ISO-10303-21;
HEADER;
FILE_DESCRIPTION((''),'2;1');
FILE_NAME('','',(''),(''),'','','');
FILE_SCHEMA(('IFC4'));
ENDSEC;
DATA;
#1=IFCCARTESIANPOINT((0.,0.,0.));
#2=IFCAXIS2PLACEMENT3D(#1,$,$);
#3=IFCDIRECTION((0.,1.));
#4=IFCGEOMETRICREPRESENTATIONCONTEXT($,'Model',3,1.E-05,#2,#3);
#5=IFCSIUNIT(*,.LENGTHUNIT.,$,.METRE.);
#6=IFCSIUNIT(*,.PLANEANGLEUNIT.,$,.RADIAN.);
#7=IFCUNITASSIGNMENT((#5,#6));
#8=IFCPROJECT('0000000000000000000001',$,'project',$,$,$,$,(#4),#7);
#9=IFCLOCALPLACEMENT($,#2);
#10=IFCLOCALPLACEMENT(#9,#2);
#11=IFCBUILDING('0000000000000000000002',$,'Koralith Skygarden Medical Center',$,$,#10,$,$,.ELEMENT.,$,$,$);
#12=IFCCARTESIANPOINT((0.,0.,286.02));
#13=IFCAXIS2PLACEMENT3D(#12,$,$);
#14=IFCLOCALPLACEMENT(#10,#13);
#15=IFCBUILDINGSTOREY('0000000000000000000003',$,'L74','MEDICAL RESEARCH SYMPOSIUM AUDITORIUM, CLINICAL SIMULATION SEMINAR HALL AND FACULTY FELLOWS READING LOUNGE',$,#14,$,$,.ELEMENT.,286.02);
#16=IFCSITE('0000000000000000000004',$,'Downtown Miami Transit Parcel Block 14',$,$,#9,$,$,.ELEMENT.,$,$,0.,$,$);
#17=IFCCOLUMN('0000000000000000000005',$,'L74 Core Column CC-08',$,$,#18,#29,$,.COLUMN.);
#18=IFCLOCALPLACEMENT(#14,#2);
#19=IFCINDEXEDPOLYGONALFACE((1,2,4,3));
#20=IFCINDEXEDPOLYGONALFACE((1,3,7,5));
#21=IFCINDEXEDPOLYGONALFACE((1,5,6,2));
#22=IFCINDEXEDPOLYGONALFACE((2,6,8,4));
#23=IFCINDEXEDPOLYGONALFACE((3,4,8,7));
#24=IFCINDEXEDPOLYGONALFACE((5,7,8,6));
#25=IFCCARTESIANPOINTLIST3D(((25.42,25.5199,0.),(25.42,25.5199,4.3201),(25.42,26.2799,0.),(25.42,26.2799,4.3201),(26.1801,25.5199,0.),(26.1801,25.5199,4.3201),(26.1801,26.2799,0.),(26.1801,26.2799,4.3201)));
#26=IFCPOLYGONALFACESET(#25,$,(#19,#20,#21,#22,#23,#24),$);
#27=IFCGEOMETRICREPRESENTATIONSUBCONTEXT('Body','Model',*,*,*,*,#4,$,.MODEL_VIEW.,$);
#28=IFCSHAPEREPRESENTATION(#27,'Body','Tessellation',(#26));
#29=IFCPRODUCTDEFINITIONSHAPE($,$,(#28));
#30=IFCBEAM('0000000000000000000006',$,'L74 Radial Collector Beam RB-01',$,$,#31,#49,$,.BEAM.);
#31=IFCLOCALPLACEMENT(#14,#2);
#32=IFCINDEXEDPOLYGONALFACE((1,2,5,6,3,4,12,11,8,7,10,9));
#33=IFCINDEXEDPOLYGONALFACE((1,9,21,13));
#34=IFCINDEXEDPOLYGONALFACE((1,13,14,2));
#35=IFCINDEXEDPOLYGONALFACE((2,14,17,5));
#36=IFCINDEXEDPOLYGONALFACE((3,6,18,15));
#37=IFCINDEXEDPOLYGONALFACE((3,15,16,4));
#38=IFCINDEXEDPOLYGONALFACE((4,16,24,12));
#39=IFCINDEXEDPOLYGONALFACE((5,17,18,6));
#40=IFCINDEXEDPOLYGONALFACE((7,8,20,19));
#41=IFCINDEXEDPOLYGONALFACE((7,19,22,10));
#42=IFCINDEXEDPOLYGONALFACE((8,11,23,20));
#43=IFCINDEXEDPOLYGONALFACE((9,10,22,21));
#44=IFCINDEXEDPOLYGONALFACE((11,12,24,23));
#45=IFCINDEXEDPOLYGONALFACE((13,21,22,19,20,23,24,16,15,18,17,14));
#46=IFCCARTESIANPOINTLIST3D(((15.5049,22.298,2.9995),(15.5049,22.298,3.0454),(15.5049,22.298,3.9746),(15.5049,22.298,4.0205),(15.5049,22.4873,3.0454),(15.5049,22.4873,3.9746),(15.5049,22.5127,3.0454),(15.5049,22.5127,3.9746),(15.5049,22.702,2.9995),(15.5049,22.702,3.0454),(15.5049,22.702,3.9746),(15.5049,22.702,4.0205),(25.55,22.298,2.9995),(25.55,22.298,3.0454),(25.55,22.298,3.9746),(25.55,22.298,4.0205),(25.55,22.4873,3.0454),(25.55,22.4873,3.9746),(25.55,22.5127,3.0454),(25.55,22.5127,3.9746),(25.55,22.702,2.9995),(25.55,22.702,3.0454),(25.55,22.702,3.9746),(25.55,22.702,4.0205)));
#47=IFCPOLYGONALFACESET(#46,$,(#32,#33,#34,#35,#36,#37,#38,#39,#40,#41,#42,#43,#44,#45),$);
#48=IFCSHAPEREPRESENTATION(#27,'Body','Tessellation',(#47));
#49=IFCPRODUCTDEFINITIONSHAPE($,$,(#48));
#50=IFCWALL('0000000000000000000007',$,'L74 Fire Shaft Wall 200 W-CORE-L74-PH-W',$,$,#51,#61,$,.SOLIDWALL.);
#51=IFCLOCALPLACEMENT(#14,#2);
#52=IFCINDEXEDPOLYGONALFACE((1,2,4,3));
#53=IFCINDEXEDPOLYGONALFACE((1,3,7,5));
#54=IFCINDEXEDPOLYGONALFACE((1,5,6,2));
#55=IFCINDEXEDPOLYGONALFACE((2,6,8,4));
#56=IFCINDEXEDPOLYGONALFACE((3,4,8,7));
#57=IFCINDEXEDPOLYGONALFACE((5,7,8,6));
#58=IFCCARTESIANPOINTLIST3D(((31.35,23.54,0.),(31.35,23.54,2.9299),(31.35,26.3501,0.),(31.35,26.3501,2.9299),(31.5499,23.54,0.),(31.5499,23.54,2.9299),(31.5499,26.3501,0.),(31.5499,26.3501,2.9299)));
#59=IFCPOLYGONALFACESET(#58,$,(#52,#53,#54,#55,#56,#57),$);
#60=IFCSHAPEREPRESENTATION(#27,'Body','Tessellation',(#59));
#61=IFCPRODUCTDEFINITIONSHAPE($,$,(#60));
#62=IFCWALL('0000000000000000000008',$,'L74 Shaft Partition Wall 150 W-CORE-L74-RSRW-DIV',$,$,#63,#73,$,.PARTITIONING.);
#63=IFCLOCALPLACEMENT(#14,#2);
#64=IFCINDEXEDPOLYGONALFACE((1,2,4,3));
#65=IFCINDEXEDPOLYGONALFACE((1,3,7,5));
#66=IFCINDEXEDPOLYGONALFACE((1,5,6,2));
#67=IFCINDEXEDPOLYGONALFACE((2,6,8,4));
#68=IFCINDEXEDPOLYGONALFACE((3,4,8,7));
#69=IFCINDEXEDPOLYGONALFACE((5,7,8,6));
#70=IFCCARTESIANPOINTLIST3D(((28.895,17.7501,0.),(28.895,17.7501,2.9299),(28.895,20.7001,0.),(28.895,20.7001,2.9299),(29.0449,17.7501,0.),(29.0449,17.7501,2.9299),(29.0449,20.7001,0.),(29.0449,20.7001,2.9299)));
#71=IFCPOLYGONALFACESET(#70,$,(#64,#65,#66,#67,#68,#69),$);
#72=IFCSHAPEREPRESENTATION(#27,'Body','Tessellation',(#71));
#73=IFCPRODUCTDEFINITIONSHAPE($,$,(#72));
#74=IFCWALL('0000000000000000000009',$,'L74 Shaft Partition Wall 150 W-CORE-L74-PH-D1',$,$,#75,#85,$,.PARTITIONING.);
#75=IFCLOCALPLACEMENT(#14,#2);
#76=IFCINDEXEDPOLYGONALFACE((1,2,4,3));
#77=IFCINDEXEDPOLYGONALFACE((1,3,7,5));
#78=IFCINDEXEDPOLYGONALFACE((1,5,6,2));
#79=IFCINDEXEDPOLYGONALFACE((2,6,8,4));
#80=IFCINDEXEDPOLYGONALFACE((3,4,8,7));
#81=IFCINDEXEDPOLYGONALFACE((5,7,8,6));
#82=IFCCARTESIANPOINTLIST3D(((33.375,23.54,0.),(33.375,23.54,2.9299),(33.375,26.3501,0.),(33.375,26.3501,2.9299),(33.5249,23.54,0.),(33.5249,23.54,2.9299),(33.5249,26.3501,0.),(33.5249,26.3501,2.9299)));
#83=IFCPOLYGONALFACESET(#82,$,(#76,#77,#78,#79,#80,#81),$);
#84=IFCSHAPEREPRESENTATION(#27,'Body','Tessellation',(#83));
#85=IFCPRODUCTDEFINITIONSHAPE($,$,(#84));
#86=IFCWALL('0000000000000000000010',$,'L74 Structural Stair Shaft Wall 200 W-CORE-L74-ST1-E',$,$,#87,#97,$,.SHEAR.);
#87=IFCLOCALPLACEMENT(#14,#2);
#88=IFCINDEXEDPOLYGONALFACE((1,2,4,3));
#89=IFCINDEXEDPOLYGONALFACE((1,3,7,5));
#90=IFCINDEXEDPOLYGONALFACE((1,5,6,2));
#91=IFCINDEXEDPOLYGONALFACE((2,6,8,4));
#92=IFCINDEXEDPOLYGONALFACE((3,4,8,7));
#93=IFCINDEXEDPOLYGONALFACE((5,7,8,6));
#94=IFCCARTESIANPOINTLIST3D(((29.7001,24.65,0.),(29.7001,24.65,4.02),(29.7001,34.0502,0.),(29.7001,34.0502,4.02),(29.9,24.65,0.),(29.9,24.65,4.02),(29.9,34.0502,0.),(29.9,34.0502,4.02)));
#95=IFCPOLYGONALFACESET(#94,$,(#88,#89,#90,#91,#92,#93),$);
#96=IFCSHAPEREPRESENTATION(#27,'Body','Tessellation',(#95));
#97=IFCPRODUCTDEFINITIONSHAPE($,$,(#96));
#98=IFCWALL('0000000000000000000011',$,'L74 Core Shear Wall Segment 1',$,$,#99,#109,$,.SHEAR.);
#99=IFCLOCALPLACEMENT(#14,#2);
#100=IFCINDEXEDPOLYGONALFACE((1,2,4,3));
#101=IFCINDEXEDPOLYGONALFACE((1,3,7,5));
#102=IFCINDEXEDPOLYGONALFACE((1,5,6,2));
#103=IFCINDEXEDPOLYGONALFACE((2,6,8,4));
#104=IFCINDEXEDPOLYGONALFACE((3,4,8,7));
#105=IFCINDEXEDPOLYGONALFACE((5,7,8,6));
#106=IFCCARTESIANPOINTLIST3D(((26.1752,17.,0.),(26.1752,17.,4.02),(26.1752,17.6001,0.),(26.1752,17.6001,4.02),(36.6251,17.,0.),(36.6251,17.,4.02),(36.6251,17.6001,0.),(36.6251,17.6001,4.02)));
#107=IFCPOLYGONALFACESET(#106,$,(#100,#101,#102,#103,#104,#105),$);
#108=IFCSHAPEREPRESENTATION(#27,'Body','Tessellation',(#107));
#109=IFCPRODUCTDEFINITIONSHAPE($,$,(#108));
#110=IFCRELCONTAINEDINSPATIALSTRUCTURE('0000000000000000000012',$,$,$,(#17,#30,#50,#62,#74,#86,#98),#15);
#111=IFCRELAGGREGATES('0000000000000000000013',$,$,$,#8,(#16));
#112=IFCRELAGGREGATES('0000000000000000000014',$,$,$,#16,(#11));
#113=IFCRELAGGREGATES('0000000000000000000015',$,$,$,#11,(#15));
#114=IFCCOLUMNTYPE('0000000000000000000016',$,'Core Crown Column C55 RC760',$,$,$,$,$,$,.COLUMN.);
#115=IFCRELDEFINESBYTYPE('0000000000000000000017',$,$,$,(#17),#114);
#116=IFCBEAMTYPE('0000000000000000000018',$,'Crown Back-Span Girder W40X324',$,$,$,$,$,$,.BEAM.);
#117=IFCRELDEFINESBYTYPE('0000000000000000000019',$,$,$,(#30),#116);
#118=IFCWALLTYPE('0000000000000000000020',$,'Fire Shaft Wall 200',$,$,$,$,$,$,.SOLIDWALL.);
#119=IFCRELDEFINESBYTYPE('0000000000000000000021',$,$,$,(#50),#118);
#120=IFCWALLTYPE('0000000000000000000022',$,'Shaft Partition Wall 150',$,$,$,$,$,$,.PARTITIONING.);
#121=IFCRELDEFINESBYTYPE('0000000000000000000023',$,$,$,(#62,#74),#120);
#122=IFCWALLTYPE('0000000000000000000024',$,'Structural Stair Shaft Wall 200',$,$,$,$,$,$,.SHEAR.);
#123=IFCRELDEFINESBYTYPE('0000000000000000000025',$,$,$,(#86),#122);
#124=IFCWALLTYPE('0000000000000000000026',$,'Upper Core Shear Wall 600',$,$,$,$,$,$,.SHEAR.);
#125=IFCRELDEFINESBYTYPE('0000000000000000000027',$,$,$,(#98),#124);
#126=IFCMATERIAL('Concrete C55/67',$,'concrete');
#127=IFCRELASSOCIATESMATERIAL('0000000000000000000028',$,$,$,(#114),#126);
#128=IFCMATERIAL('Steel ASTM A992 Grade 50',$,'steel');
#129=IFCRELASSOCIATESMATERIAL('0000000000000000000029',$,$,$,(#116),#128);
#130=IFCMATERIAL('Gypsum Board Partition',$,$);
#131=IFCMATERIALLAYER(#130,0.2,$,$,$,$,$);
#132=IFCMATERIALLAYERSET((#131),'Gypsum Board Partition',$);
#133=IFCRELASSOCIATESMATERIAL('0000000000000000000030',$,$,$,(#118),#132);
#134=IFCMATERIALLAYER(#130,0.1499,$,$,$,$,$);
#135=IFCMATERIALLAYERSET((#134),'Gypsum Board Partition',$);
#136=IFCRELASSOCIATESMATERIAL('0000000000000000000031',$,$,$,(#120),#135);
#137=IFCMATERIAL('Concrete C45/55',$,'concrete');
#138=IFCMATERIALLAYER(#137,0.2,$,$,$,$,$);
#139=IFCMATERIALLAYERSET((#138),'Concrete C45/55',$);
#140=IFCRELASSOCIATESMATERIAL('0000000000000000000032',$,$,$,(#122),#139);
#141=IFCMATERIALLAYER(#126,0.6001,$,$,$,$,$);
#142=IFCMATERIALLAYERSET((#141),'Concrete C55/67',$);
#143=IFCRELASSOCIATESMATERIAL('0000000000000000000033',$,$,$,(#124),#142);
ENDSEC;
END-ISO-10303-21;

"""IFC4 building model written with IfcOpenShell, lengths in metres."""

from ifc_helpers import new_model, si_unit, direction, frame, frame_2d, origin, origin_2d, place, context, subcontext, project, spatial, rectangle, i_section, extrude, material, layer, layer_set, material_profile, profile_set, type_object, element, save


model = new_model("IFC4")

# Units and contexts
model_context = context("Model", 3, precision=1e-05, world=origin(), true_north=direction((0.0, 1.0)))
body_context = subcontext(model_context, "Body", "Model", "MODEL_VIEW")
ifc_project = project(units=[si_unit("LENGTHUNIT", "METRE"), si_unit("PLANEANGLEUNIT", "RADIAN")], contexts=[model_context])

# Site, building, storey
site_placement = place(None, origin())
site = spatial("IfcSite", under=ifc_project, at=site_placement, Name="Downtown Miami Transit Parcel Block 14", CompositionType="ELEMENT", RefElevation=0.0)
building_placement = place(site_placement, origin())
building = spatial("IfcBuilding", under=site, at=building_placement, Name="Koralith Skygarden Medical Center", CompositionType="ELEMENT")
storey_placement = place(building_placement, frame((0.0, 0.0, 286.02)))
storey = spatial("IfcBuildingStorey", under=building, at=storey_placement, Name="L74", Description="MEDICAL RESEARCH SYMPOSIUM AUDITORIUM, CLINICAL SIMULATION SEMINAR HALL AND FACULTY FELLOWS READING LOUNGE", CompositionType="ELEMENT", Elevation=286.02)

# Column
ifc_material_1 = material(Name="Concrete C55/67", Category="concrete")
ifc_material_profile_1 = material_profile(ifc_material_1, rectangle(XDim=0.76, YDim=0.76, at=origin_2d()), Name="RC760X760")
ifc_profile_set_1 = profile_set([ifc_material_profile_1], Name="Concrete C55/67")
column_type = type_object("IfcColumnType", Name="Core Crown Column C55 RC760", PredefinedType="COLUMN", material=ifc_profile_set_1)
column_placement = place(storey_placement, frame((25.8, 25.8999, 0.0), z_axis=(0.0, 0.0, 1.0), x_axis=(1.0, 0.0, 0.0)))
element("IfcColumn", 1, at=column_placement, inside=storey, type_object=column_type, Name="L74 Core Column CC-08", PredefinedType="COLUMN", context=body_context, shape_type="SweptSolid", body=[
    extrude(rectangle(XDim=0.76, YDim=0.76, at=origin_2d()), origin(), (0.0, 0.0, 1.0), 4.3201),
])

# Beam
ifc_material_2 = material(Name="Steel ASTM A992 Grade 50", Category="steel")
ifc_material_profile_2 = material_profile(ifc_material_2, i_section(OverallWidth=0.4041, OverallDepth=1.021, WebThickness=0.0254, FlangeThickness=0.0459, at=origin_2d()), Name="W40X324")
ifc_profile_set_2 = profile_set([ifc_material_profile_2], Name="Steel ASTM A992 Grade 50")
beam_type = type_object("IfcBeamType", Name="Crown Back-Span Girder W40X324", PredefinedType="BEAM", material=ifc_profile_set_2)
beam_placement = place(storey_placement, frame((25.55, 22.5, 3.51), z_axis=(-1.0, 0.0, 0.0), x_axis=(0.0, -1.0, 0.0)))
element("IfcBeam", 2, at=beam_placement, inside=storey, type_object=beam_type, Name="L74 Radial Collector Beam RB-01", PredefinedType="BEAM", context=body_context, shape_type="SweptSolid", body=[
    extrude(i_section(OverallWidth=0.4041, OverallDepth=1.021, WebThickness=0.0254, FlangeThickness=0.0459, at=origin_2d()), origin(), (0.0, 0.0, 1.0), 10.0452),
])

# Shared definitions
ifc_material_3 = material(Name="Gypsum Board Partition")

# Shared definitions
ifc_layer_1 = layer(ifc_material_3, 0.2)
ifc_layer_set_1 = layer_set([ifc_layer_1], Name="Gypsum Board Partition")
wall_type_1 = type_object("IfcWallType", Name="Fire Shaft Wall 200", PredefinedType="SOLIDWALL", material=ifc_layer_set_1)

# Walls
wall_1_placement = place(storey_placement, frame((31.45, 23.54, 0.0), z_axis=(0.0, 0.0, 1.0), x_axis=(0.0, 1.0, 0.0)))
element("IfcWall", 3, at=wall_1_placement, inside=storey, type_object=wall_type_1, Name="L74 Fire Shaft Wall 200 W-CORE-L74-PH-W", PredefinedType="SOLIDWALL", context=body_context, shape_type="SweptSolid", body=[
    extrude(rectangle(XDim=2.8101, YDim=0.2, at=frame_2d((1.405, 0.0))), origin(), (0.0, 0.0, 1.0), 2.9299),
])
ifc_layer_2 = layer(ifc_material_3, 0.1499)
ifc_layer_set_2 = layer_set([ifc_layer_2], Name="Gypsum Board Partition")
wall_type_2 = type_object("IfcWallType", Name="Shaft Partition Wall 150", PredefinedType="PARTITIONING", material=ifc_layer_set_2)
wall_2_placement = place(storey_placement, frame((28.97, 17.75, 0.0), z_axis=(0.0, 0.0, 1.0), x_axis=(0.0, 1.0, 0.0)))
element("IfcWall", 4, at=wall_2_placement, inside=storey, type_object=wall_type_2, Name="L74 Shaft Partition Wall 150 W-CORE-L74-RSRW-DIV", PredefinedType="PARTITIONING", context=body_context, shape_type="SweptSolid", body=[
    extrude(rectangle(XDim=2.95, YDim=0.1499, at=frame_2d((1.4751, 0.0))), origin(), (0.0, 0.0, 1.0), 2.9299),
])
wall_3_placement = place(storey_placement, frame((33.45, 23.54, 0.0), z_axis=(0.0, 0.0, 1.0), x_axis=(0.0, 1.0, 0.0)))
element("IfcWall", 5, at=wall_3_placement, inside=storey, type_object=wall_type_2, Name="L74 Shaft Partition Wall 150 W-CORE-L74-PH-D1", PredefinedType="PARTITIONING", context=body_context, shape_type="SweptSolid", body=[
    extrude(rectangle(XDim=2.8101, YDim=0.1499, at=frame_2d((1.405, 0.0))), origin(), (0.0, 0.0, 1.0), 2.9299),
])
ifc_material_4 = material(Name="Concrete C45/55", Category="concrete")
ifc_layer_3 = layer(ifc_material_4, 0.2)
ifc_layer_set_3 = layer_set([ifc_layer_3], Name="Concrete C45/55")
wall_type_3 = type_object("IfcWallType", Name="Structural Stair Shaft Wall 200", PredefinedType="SHEAR", material=ifc_layer_set_3)
wall_4_placement = place(storey_placement, frame((29.8, 24.6499, 0.0), z_axis=(0.0, 0.0, 1.0), x_axis=(0.0, 1.0, 0.0)))
element("IfcWall", 6, at=wall_4_placement, inside=storey, type_object=wall_type_3, Name="L74 Structural Stair Shaft Wall 200 W-CORE-L74-ST1-E", PredefinedType="SHEAR", context=body_context, shape_type="SweptSolid", body=[
    extrude(rectangle(XDim=9.4001, YDim=0.2, at=frame_2d((4.7002, 0.0))), origin(), (0.0, 0.0, 1.0), 4.02),
])

# Wall
ifc_layer_4 = layer(ifc_material_1, 0.6001)
ifc_layer_set_4 = layer_set([ifc_layer_4], Name="Concrete C55/67")
wall_type_4 = type_object("IfcWallType", Name="Upper Core Shear Wall 600", PredefinedType="SHEAR", material=ifc_layer_set_4)
wall_5_placement = place(storey_placement, frame((26.175, 17.3, 0.0), z_axis=(0.0, 0.0, 1.0), x_axis=(1.0, 0.0, 0.0)))
element("IfcWall", 7, at=wall_5_placement, inside=storey, type_object=wall_type_4, Name="L74 Core Shear Wall Segment 1", PredefinedType="SHEAR", context=body_context, shape_type="SweptSolid", body=[
    extrude(rectangle(XDim=10.45, YDim=0.6001, at=frame_2d((5.2251, 0.0))), origin(), (0.0, 0.0, 1.0), 4.02),
])

save(model, "model.ifc")
